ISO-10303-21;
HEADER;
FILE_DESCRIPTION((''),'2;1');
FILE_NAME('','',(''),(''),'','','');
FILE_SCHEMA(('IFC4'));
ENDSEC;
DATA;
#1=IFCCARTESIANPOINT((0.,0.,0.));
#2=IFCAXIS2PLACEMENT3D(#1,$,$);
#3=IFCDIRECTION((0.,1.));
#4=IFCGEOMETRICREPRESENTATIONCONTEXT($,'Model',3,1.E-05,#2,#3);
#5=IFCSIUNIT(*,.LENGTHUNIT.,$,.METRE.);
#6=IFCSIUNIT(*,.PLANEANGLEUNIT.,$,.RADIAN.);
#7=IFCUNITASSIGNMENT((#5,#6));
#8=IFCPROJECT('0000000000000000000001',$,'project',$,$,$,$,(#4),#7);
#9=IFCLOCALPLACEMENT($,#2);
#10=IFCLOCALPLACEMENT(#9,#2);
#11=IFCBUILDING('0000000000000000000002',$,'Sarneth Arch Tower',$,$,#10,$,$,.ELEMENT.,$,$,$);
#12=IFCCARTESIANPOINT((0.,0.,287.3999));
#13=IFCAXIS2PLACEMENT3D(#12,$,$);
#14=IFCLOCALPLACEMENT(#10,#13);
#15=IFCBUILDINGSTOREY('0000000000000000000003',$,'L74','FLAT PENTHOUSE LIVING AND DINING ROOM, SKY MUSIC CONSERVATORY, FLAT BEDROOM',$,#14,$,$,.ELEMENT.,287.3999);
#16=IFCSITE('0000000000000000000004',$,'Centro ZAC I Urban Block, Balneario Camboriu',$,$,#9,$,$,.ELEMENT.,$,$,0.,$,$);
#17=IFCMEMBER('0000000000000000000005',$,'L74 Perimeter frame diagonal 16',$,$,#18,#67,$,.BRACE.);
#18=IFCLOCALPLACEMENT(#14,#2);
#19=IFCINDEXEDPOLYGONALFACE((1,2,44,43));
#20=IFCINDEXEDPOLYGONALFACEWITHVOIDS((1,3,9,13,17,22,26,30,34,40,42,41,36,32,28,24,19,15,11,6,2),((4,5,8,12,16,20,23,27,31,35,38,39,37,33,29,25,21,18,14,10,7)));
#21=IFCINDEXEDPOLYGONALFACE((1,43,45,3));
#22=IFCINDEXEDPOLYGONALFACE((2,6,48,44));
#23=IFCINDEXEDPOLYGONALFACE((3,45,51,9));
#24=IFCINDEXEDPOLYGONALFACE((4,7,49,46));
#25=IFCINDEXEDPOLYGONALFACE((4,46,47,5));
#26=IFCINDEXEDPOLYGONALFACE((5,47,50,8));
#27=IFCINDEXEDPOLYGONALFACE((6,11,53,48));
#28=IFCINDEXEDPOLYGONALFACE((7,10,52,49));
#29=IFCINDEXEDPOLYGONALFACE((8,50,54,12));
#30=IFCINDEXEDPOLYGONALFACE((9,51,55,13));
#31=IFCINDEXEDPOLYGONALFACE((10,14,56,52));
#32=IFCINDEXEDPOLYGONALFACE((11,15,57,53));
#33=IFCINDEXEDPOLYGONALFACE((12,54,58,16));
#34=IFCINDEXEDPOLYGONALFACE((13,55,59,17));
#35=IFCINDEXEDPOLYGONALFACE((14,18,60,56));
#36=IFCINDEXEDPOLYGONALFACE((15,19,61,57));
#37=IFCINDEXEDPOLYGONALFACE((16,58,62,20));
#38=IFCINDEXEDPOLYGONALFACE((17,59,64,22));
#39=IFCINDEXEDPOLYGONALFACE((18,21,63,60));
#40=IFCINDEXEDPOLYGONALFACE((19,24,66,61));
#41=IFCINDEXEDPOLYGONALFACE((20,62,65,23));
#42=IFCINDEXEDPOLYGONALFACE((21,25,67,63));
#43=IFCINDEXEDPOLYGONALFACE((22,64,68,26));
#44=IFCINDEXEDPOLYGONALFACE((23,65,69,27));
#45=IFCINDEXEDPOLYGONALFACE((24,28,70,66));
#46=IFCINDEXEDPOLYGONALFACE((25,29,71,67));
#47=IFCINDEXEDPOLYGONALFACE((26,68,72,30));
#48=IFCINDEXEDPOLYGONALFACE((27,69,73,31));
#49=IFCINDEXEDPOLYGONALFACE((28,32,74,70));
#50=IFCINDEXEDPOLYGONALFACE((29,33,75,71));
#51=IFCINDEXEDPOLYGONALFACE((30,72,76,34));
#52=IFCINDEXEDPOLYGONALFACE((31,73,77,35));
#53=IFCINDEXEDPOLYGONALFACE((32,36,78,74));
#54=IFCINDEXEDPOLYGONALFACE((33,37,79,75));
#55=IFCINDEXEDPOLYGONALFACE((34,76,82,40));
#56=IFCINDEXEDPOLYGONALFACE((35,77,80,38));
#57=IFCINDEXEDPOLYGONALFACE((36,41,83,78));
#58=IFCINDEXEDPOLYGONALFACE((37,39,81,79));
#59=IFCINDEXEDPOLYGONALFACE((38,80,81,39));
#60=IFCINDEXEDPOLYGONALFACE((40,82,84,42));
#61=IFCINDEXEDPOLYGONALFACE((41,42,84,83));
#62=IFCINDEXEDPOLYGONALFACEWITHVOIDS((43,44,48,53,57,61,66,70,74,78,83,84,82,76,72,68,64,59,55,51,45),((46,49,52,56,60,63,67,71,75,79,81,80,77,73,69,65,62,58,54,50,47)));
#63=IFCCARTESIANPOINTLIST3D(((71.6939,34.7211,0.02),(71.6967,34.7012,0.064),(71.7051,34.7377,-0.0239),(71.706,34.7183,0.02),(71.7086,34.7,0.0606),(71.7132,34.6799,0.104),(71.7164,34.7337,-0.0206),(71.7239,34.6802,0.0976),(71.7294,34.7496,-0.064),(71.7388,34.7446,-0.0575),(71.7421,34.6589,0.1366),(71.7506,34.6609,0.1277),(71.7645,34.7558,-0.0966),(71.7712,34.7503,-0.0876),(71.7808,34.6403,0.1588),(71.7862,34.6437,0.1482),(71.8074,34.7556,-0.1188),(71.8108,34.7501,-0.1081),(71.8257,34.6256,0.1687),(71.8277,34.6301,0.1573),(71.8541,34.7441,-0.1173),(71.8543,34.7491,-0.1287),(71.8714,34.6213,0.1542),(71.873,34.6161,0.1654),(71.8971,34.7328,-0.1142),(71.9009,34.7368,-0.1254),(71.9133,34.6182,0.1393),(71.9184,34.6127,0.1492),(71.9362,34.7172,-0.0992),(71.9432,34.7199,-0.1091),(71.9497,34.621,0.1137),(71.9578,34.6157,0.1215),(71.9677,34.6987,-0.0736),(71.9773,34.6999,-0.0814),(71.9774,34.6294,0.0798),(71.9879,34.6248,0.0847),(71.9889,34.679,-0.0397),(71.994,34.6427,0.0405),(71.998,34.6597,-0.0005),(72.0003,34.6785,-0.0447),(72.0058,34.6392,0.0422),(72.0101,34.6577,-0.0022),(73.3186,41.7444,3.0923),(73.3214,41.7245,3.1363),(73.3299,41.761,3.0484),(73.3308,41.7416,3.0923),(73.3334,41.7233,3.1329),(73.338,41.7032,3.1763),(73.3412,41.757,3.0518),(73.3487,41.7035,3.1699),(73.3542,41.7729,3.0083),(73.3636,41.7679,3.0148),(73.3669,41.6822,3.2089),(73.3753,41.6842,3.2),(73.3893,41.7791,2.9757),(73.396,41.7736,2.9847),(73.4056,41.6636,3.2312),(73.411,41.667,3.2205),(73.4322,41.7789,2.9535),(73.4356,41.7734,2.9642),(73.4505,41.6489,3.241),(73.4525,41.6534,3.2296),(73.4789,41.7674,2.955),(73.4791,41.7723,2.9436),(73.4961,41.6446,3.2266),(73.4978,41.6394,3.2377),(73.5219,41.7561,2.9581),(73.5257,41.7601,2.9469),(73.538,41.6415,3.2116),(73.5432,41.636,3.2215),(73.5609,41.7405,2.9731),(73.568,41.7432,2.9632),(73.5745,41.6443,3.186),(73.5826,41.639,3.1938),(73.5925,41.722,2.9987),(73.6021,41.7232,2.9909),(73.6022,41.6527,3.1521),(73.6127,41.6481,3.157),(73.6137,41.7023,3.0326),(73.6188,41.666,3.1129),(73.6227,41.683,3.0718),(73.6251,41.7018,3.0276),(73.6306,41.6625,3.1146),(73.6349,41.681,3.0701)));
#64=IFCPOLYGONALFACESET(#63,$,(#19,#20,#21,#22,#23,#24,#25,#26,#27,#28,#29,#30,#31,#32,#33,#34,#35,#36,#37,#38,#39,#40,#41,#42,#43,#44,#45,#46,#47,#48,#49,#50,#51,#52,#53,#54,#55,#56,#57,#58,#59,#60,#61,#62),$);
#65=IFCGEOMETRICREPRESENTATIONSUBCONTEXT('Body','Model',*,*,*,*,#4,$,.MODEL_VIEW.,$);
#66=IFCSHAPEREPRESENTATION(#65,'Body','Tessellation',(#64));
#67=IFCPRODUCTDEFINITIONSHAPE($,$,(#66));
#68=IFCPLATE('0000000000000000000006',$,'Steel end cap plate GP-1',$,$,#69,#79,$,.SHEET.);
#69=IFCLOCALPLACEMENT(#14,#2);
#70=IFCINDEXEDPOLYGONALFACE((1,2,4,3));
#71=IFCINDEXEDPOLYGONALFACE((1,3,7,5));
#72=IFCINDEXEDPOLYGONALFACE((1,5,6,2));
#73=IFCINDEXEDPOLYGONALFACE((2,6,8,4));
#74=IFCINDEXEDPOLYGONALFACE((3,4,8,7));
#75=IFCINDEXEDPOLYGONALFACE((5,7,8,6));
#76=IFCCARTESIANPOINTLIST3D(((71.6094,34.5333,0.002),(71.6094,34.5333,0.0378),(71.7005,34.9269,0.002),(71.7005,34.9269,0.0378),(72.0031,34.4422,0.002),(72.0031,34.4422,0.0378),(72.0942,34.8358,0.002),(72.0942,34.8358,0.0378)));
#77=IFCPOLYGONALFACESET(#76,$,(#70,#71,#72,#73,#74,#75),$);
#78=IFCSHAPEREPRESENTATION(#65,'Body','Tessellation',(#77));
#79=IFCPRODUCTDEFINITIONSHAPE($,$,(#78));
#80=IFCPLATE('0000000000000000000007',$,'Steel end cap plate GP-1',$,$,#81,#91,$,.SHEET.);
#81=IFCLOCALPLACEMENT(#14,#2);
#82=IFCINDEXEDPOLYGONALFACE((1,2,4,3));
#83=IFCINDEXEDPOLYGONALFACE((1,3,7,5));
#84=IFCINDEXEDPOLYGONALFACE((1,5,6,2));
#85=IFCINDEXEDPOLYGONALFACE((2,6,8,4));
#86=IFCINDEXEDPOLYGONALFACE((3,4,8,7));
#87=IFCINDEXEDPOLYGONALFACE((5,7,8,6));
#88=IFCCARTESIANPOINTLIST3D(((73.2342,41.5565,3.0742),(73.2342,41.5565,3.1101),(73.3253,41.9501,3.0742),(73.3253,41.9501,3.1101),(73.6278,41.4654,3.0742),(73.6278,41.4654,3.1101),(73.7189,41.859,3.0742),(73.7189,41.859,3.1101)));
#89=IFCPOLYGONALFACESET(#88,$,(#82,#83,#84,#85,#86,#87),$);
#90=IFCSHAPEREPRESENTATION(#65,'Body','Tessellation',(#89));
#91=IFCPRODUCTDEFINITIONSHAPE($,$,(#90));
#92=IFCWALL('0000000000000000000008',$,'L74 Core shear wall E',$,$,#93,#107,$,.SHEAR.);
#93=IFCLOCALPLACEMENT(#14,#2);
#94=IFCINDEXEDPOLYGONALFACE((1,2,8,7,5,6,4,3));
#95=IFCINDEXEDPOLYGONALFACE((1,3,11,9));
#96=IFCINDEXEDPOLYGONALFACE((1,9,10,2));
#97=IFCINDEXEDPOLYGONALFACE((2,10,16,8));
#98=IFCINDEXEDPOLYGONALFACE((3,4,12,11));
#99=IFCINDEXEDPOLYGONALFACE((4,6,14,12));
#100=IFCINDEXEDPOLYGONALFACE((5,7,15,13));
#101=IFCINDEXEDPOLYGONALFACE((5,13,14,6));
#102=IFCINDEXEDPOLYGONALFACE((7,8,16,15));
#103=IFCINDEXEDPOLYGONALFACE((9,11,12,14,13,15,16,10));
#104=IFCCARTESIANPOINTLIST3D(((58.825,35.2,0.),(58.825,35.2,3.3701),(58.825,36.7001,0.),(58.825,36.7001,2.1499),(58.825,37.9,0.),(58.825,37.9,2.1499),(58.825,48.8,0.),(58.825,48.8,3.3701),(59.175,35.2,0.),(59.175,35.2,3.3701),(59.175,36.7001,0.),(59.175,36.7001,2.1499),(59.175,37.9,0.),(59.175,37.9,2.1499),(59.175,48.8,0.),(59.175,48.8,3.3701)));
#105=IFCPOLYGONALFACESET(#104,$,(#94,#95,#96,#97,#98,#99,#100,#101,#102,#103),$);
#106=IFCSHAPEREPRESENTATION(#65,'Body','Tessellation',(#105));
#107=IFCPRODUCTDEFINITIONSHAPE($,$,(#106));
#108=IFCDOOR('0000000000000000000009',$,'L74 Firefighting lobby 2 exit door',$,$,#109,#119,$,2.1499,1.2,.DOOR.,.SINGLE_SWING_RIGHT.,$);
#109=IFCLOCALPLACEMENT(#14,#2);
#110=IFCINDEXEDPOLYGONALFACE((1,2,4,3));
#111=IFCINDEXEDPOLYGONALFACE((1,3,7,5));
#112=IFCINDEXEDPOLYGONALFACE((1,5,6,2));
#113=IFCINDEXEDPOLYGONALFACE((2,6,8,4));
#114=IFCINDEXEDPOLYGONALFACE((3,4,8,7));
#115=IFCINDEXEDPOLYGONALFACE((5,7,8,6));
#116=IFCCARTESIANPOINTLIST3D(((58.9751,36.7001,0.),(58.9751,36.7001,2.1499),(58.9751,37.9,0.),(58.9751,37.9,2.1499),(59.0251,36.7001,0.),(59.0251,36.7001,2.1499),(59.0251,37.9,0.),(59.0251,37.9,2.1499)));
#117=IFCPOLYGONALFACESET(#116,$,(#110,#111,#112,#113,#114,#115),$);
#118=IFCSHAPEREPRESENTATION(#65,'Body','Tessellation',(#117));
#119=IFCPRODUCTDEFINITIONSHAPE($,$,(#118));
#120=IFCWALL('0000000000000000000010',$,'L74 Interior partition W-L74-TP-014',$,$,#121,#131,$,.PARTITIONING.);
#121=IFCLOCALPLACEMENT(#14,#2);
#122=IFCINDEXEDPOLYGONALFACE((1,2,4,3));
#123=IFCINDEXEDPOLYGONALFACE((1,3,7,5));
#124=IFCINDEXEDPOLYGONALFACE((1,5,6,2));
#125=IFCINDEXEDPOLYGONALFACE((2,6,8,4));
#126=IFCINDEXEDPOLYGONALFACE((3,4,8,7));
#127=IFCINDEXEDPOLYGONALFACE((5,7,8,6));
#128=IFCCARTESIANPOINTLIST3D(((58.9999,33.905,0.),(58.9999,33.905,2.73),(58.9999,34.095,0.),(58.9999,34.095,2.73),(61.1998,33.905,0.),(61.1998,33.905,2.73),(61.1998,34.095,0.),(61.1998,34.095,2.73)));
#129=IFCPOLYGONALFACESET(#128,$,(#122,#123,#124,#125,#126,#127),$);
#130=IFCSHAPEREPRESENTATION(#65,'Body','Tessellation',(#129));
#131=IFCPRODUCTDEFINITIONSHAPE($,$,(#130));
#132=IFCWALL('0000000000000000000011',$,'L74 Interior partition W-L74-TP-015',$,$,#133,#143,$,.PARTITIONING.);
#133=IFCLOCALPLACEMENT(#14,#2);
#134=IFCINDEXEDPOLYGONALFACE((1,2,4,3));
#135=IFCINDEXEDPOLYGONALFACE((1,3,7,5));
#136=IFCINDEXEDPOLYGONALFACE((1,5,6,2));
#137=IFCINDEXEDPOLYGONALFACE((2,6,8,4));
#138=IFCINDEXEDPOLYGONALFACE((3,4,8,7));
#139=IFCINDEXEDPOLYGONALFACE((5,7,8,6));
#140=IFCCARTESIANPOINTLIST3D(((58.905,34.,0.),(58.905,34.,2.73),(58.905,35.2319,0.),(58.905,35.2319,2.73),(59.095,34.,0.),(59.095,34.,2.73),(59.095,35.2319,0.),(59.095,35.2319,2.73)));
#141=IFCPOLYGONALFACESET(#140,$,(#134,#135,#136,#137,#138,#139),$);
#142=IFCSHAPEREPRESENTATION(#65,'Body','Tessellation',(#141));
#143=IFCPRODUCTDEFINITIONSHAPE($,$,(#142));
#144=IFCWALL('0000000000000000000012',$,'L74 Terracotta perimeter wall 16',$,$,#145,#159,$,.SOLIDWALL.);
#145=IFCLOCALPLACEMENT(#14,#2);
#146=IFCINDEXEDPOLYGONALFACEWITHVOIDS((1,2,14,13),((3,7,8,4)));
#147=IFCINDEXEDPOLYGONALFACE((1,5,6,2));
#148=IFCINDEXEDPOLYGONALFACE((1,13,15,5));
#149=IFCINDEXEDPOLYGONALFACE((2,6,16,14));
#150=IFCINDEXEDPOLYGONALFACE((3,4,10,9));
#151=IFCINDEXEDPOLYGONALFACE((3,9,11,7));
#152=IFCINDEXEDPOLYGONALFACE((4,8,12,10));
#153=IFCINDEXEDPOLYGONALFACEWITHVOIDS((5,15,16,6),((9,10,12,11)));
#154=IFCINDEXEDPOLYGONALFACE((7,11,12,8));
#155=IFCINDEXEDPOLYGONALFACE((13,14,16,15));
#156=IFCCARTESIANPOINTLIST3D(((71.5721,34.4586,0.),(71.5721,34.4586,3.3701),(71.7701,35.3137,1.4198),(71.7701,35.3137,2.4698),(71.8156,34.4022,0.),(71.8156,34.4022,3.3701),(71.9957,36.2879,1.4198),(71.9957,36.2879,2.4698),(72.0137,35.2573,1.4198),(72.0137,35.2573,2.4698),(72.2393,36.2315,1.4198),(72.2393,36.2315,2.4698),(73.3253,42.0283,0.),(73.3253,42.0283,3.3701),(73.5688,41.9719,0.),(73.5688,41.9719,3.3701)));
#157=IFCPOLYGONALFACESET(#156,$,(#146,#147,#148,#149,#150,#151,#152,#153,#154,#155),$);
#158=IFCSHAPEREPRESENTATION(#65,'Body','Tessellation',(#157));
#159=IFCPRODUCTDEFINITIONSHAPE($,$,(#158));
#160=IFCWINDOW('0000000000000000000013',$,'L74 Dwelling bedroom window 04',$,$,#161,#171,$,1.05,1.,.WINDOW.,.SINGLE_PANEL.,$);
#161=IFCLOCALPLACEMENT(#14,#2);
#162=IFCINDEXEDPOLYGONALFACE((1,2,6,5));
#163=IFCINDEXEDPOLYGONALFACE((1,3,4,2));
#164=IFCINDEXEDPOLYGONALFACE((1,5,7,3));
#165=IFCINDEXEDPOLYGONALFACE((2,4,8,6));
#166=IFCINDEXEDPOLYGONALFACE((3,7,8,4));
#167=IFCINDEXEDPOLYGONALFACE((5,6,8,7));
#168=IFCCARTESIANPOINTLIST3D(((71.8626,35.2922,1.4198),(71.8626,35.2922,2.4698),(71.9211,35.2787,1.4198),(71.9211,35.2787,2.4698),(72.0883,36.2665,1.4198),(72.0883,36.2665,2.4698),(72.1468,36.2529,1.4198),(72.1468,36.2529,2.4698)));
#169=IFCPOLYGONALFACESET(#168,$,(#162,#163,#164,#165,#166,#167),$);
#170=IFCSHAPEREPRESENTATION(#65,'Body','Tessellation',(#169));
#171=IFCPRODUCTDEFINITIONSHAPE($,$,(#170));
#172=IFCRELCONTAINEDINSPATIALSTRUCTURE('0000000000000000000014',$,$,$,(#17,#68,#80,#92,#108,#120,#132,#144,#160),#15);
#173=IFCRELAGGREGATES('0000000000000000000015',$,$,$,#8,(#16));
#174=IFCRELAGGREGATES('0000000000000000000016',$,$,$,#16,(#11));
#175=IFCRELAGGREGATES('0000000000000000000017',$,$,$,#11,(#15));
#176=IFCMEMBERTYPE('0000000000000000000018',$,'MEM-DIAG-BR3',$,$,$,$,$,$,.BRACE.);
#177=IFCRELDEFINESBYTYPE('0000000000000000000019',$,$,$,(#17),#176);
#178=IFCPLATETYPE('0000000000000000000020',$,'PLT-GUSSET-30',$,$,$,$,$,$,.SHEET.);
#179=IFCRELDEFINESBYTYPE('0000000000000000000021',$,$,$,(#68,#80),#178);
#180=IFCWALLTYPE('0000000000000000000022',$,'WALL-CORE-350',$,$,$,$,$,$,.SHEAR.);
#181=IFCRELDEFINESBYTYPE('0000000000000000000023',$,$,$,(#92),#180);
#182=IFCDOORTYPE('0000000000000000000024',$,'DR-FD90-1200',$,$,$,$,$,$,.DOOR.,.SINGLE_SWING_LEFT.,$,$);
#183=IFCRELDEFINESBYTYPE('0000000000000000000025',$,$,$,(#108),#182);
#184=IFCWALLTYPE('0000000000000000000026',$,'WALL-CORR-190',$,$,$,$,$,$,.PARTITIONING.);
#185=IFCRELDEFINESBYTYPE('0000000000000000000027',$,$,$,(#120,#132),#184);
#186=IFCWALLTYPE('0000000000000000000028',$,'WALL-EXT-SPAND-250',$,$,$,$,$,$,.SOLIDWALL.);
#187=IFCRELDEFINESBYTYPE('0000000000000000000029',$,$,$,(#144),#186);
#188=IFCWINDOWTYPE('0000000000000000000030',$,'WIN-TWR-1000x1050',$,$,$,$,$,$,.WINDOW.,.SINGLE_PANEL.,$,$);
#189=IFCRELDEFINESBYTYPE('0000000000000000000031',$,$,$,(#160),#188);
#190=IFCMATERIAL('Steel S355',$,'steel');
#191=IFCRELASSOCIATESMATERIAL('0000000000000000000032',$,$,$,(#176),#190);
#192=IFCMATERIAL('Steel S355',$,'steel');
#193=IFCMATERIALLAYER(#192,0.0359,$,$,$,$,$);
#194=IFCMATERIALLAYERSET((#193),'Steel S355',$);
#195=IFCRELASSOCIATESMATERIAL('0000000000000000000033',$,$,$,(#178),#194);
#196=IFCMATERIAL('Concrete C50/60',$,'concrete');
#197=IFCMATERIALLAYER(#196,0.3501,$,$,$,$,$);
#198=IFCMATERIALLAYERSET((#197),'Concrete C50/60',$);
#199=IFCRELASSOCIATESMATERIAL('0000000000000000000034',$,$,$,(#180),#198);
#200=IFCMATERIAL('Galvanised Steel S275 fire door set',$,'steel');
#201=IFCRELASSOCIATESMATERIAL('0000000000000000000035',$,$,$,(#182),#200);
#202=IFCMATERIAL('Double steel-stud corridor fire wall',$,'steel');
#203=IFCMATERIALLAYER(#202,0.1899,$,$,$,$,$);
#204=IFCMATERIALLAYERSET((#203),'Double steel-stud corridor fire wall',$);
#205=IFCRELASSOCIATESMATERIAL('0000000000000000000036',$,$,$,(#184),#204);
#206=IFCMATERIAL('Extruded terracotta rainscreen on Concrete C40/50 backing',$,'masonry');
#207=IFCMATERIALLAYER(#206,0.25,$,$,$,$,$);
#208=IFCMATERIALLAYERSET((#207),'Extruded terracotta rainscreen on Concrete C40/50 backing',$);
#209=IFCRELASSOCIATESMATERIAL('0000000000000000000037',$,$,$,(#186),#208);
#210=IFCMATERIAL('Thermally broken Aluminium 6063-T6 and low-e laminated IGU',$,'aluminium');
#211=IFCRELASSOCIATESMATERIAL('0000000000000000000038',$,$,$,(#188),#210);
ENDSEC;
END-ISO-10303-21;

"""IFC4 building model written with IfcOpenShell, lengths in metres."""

from ifc_helpers import new_model, si_unit, direction, frame, frame_2d, origin, origin_2d, place, context, subcontext, project, spatial, rectangle, hollow_circle, extrude, material, layer, layer_set, material_profile, profile_set, type_object, element, fill, save


model = new_model("IFC4")

# Units and contexts
model_context = context("Model", 3, precision=1e-05, world=origin(), true_north=direction((0.0, 1.0)))
body_context = subcontext(model_context, "Body", "Model", "MODEL_VIEW")
ifc_project = project(units=[si_unit("LENGTHUNIT", "METRE"), si_unit("PLANEANGLEUNIT", "RADIAN")], contexts=[model_context])

# Site, building, storey
site_placement = place(None, origin())
site = spatial("IfcSite", under=ifc_project, at=site_placement, Name="Centro ZAC I Urban Block, Balneario Camboriu", CompositionType="ELEMENT", RefElevation=0.0)
building_placement = place(site_placement, origin())
building = spatial("IfcBuilding", under=site, at=building_placement, Name="Sarneth Arch Tower", CompositionType="ELEMENT")
storey_placement = place(building_placement, frame((0.0, 0.0, 287.3999)))
storey = spatial("IfcBuildingStorey", under=building, at=storey_placement, Name="L74", Description="FLAT PENTHOUSE LIVING AND DINING ROOM, SKY MUSIC CONSERVATORY, FLAT BEDROOM", CompositionType="ELEMENT", Elevation=287.3999)

# Member
ifc_material_1 = material(Name="Steel S355", Category="steel")
ifc_material_profile_1 = material_profile(ifc_material_1, hollow_circle(Radius=0.1621, WallThickness=0.0125, at=origin_2d()), Name="CHS324x12.5")
ifc_profile_set_1 = profile_set([ifc_material_profile_1], Name="Steel S355")
member_type = type_object("IfcMemberType", Name="MEM-DIAG-BR3", PredefinedType="BRACE", material=ifc_profile_set_1)
member_placement = place(storey_placement, frame((71.8518, 34.6846, 0.02), z_axis=(0.207343, 0.896265, 0.392067), x_axis=(-0.974269, 0.225389, 0.0)))
element("IfcMember", 1, at=member_placement, inside=storey, type_object=member_type, Name="L74 Perimeter frame diagonal 16", PredefinedType="BRACE", context=body_context, shape_type="SweptSolid", body=[
    extrude(hollow_circle(Radius=0.1621, WallThickness=0.0125, at=origin_2d()), origin(), (0.0, 0.0, 1.0), 7.8362),
])

# Plates
ifc_material_2 = material(Name="Steel S355", Category="steel")
ifc_layer_1 = layer(ifc_material_2, 0.0359)
ifc_layer_set_1 = layer_set([ifc_layer_1], Name="Steel S355")
plate_type = type_object("IfcPlateType", Name="PLT-GUSSET-30", PredefinedType="SHEET", material=ifc_layer_set_1)
for number, where, z_axis, x_axis, name in (
    (2, (71.8518, 34.6846, 0.002), (0.0, 0.0, 1.0), (0.225461, 0.974252, 0.0), "Steel end cap plate GP-1"),
    (3, (73.4766, 41.7078, 3.0742), (0.0, 0.0, 1.0), (0.225461, 0.974252, 0.0), "Steel end cap plate GP-1"),
):
    element("IfcPlate", number, at=place(storey_placement, frame(where, z_axis=z_axis, x_axis=x_axis)), inside=storey, type_object=plate_type, Name=name, PredefinedType="SHEET", context=body_context, shape_type="SweptSolid", body=[
        extrude(rectangle(XDim=0.4041, YDim=0.4041, at=origin_2d()), origin(), (0.0, 0.0, 1.0), 0.0359),
    ])

# Wall, opening, door
ifc_material_3 = material(Name="Concrete C50/60", Category="concrete")
ifc_layer_2 = layer(ifc_material_3, 0.3501)
ifc_layer_set_2 = layer_set([ifc_layer_2], Name="Concrete C50/60")
wall_type_1 = type_object("IfcWallType", Name="WALL-CORE-350", PredefinedType="SHEAR", material=ifc_layer_set_2)
wall_1_placement = place(storey_placement, frame((59.0, 35.2, 0.0), z_axis=(0.0, 0.0, 1.0), x_axis=(0.0, 1.0, 0.0)))
wall_1 = element("IfcWall", 4, at=wall_1_placement, inside=storey, type_object=wall_type_1, Name="L74 Core shear wall E", PredefinedType="SHEAR", context=body_context, shape_type="SweptSolid", body=[
    extrude(rectangle(XDim=13.6001, YDim=0.3501, at=frame_2d((6.8, 0.0))), origin(), (0.0, 0.0, 1.0), 3.3701),
])
opening_1_placement = place(wall_1_placement, frame((1.5, 0.0, 0.0)))
opening_1 = element("IfcOpeningElement", 5, at=opening_1_placement, cuts=wall_1, PredefinedType="OPENING", context=body_context, shape_type="SweptSolid", body=[
    extrude(rectangle(XDim=1.2, YDim=2.1499, at=frame_2d((0.6001, 1.075))), frame((0.0, 0.1851, 0.0), z_axis=(0.0, -1.0, 0.0), x_axis=(1.0, 0.0, 0.0)), (0.0, 0.0, 1.0), 0.3701),
])
ifc_material_4 = material(Name="Galvanised Steel S275 fire door set", Category="steel")
door_type_1 = type_object("IfcDoorType", Name="DR-FD90-1200", OperationType="SINGLE_SWING_LEFT", PredefinedType="DOOR", material=ifc_material_4)
door_1_placement = place(opening_1_placement, origin())
door_1 = element("IfcDoor", 6, at=door_1_placement, inside=storey, type_object=door_type_1, Name="L74 Firefighting lobby 2 exit door", OperationType="SINGLE_SWING_RIGHT", OverallHeight=2.1499, OverallWidth=1.2, PredefinedType="DOOR", context=body_context, shape_type="SweptSolid", body=[
    extrude(rectangle(XDim=1.2, YDim=2.1499, at=frame_2d((0.6001, 1.075))), frame((0.0, 0.0249, 0.0), z_axis=(0.0, -1.0, 0.0), x_axis=(1.0, 0.0, 0.0)), (0.0, 0.0, 1.0), 0.05),
])
fill(opening_1, door_1)

# Walls
ifc_material_5 = material(Name="Double steel-stud corridor fire wall", Category="steel")
ifc_layer_3 = layer(ifc_material_5, 0.1899)
ifc_layer_set_3 = layer_set([ifc_layer_3], Name="Double steel-stud corridor fire wall")
wall_type_2 = type_object("IfcWallType", Name="WALL-CORR-190", PredefinedType="PARTITIONING", material=ifc_layer_set_3)
wall_2_placement = place(storey_placement, frame((61.2, 34.0, 0.0), z_axis=(0.0, 0.0, 1.0), x_axis=(-1.0, 0.0, 0.0)))
element("IfcWall", 7, at=wall_2_placement, inside=storey, type_object=wall_type_2, Name="L74 Interior partition W-L74-TP-014", PredefinedType="PARTITIONING", context=body_context, shape_type="SweptSolid", body=[
    extrude(rectangle(XDim=2.2, YDim=0.1899, at=frame_2d((1.1001, 0.0))), origin(), (0.0, 0.0, 1.0), 2.73),
])
wall_3_placement = place(storey_placement, frame((59.0, 34.0, 0.0), z_axis=(0.0, 0.0, 1.0), x_axis=(0.0, 1.0, 0.0)))
element("IfcWall", 8, at=wall_3_placement, inside=storey, type_object=wall_type_2, Name="L74 Interior partition W-L74-TP-015", PredefinedType="PARTITIONING", context=body_context, shape_type="SweptSolid", body=[
    extrude(rectangle(XDim=1.2319, YDim=0.1899, at=frame_2d((0.616, 0.0))), origin(), (0.0, 0.0, 1.0), 2.73),
])

# Wall, opening, window
ifc_material_6 = material(Name="Extruded terracotta rainscreen on Concrete C40/50 backing", Category="masonry")
ifc_layer_4 = layer(ifc_material_6, 0.25)
ifc_layer_set_4 = layer_set([ifc_layer_4], Name="Extruded terracotta rainscreen on Concrete C40/50 backing")
wall_type_3 = type_object("IfcWallType", Name="WALL-EXT-SPAND-250", PredefinedType="SOLIDWALL", material=ifc_layer_set_4)
wall_4_placement = place(storey_placement, frame((71.6938, 34.4304, 0.0), z_axis=(0.0, 0.0, 1.0), x_axis=(0.225635, 0.974212, 0.0)))
wall_4 = element("IfcWall", 9, at=wall_4_placement, inside=storey, type_object=wall_type_3, Name="L74 Terracotta perimeter wall 16", PredefinedType="SOLIDWALL", context=body_context, shape_type="SweptSolid", body=[
    extrude(rectangle(XDim=7.77, YDim=0.25, at=frame_2d((3.885, 0.0))), origin(), (0.0, 0.0, 1.0), 3.3701),
])
opening_2_placement = place(wall_4_placement, frame((0.8777, 0.0, 1.4199)))
opening_2 = element("IfcOpeningElement", 10, at=opening_2_placement, cuts=wall_4, PredefinedType="OPENING", context=body_context, shape_type="SweptSolid", body=[
    extrude(rectangle(XDim=1.0, YDim=1.05, at=frame_2d((0.5, 0.5249))), frame((0.0, 0.135, 0.0), z_axis=(0.0, -1.0, 0.0), x_axis=(1.0, 0.0, 0.0)), (0.0, 0.0, 1.0), 0.27),
])
ifc_material_7 = material(Name="Thermally broken Aluminium 6063-T6 and low-e laminated IGU", Category="aluminium")
window_type = type_object("IfcWindowType", Name="WIN-TWR-1000x1050", PartitioningType="SINGLE_PANEL", PredefinedType="WINDOW", material=ifc_material_7)
window_placement = place(opening_2_placement, origin())
window = element("IfcWindow", 11, at=window_placement, inside=storey, type_object=window_type, Name="L74 Dwelling bedroom window 04", OverallHeight=1.05, OverallWidth=1.0, PartitioningType="SINGLE_PANEL", PredefinedType="WINDOW", context=body_context, shape_type="SweptSolid", body=[
    extrude(rectangle(XDim=1.0, YDim=1.05, at=frame_2d((0.5, 0.5249))), frame((0.0, 0.03, 0.0), z_axis=(0.0, -1.0, 0.0), x_axis=(1.0, 0.0, 0.0)), (0.0, 0.0, 1.0), 0.0601),
])
fill(opening_2, window)

save(model, "model.ifc")
